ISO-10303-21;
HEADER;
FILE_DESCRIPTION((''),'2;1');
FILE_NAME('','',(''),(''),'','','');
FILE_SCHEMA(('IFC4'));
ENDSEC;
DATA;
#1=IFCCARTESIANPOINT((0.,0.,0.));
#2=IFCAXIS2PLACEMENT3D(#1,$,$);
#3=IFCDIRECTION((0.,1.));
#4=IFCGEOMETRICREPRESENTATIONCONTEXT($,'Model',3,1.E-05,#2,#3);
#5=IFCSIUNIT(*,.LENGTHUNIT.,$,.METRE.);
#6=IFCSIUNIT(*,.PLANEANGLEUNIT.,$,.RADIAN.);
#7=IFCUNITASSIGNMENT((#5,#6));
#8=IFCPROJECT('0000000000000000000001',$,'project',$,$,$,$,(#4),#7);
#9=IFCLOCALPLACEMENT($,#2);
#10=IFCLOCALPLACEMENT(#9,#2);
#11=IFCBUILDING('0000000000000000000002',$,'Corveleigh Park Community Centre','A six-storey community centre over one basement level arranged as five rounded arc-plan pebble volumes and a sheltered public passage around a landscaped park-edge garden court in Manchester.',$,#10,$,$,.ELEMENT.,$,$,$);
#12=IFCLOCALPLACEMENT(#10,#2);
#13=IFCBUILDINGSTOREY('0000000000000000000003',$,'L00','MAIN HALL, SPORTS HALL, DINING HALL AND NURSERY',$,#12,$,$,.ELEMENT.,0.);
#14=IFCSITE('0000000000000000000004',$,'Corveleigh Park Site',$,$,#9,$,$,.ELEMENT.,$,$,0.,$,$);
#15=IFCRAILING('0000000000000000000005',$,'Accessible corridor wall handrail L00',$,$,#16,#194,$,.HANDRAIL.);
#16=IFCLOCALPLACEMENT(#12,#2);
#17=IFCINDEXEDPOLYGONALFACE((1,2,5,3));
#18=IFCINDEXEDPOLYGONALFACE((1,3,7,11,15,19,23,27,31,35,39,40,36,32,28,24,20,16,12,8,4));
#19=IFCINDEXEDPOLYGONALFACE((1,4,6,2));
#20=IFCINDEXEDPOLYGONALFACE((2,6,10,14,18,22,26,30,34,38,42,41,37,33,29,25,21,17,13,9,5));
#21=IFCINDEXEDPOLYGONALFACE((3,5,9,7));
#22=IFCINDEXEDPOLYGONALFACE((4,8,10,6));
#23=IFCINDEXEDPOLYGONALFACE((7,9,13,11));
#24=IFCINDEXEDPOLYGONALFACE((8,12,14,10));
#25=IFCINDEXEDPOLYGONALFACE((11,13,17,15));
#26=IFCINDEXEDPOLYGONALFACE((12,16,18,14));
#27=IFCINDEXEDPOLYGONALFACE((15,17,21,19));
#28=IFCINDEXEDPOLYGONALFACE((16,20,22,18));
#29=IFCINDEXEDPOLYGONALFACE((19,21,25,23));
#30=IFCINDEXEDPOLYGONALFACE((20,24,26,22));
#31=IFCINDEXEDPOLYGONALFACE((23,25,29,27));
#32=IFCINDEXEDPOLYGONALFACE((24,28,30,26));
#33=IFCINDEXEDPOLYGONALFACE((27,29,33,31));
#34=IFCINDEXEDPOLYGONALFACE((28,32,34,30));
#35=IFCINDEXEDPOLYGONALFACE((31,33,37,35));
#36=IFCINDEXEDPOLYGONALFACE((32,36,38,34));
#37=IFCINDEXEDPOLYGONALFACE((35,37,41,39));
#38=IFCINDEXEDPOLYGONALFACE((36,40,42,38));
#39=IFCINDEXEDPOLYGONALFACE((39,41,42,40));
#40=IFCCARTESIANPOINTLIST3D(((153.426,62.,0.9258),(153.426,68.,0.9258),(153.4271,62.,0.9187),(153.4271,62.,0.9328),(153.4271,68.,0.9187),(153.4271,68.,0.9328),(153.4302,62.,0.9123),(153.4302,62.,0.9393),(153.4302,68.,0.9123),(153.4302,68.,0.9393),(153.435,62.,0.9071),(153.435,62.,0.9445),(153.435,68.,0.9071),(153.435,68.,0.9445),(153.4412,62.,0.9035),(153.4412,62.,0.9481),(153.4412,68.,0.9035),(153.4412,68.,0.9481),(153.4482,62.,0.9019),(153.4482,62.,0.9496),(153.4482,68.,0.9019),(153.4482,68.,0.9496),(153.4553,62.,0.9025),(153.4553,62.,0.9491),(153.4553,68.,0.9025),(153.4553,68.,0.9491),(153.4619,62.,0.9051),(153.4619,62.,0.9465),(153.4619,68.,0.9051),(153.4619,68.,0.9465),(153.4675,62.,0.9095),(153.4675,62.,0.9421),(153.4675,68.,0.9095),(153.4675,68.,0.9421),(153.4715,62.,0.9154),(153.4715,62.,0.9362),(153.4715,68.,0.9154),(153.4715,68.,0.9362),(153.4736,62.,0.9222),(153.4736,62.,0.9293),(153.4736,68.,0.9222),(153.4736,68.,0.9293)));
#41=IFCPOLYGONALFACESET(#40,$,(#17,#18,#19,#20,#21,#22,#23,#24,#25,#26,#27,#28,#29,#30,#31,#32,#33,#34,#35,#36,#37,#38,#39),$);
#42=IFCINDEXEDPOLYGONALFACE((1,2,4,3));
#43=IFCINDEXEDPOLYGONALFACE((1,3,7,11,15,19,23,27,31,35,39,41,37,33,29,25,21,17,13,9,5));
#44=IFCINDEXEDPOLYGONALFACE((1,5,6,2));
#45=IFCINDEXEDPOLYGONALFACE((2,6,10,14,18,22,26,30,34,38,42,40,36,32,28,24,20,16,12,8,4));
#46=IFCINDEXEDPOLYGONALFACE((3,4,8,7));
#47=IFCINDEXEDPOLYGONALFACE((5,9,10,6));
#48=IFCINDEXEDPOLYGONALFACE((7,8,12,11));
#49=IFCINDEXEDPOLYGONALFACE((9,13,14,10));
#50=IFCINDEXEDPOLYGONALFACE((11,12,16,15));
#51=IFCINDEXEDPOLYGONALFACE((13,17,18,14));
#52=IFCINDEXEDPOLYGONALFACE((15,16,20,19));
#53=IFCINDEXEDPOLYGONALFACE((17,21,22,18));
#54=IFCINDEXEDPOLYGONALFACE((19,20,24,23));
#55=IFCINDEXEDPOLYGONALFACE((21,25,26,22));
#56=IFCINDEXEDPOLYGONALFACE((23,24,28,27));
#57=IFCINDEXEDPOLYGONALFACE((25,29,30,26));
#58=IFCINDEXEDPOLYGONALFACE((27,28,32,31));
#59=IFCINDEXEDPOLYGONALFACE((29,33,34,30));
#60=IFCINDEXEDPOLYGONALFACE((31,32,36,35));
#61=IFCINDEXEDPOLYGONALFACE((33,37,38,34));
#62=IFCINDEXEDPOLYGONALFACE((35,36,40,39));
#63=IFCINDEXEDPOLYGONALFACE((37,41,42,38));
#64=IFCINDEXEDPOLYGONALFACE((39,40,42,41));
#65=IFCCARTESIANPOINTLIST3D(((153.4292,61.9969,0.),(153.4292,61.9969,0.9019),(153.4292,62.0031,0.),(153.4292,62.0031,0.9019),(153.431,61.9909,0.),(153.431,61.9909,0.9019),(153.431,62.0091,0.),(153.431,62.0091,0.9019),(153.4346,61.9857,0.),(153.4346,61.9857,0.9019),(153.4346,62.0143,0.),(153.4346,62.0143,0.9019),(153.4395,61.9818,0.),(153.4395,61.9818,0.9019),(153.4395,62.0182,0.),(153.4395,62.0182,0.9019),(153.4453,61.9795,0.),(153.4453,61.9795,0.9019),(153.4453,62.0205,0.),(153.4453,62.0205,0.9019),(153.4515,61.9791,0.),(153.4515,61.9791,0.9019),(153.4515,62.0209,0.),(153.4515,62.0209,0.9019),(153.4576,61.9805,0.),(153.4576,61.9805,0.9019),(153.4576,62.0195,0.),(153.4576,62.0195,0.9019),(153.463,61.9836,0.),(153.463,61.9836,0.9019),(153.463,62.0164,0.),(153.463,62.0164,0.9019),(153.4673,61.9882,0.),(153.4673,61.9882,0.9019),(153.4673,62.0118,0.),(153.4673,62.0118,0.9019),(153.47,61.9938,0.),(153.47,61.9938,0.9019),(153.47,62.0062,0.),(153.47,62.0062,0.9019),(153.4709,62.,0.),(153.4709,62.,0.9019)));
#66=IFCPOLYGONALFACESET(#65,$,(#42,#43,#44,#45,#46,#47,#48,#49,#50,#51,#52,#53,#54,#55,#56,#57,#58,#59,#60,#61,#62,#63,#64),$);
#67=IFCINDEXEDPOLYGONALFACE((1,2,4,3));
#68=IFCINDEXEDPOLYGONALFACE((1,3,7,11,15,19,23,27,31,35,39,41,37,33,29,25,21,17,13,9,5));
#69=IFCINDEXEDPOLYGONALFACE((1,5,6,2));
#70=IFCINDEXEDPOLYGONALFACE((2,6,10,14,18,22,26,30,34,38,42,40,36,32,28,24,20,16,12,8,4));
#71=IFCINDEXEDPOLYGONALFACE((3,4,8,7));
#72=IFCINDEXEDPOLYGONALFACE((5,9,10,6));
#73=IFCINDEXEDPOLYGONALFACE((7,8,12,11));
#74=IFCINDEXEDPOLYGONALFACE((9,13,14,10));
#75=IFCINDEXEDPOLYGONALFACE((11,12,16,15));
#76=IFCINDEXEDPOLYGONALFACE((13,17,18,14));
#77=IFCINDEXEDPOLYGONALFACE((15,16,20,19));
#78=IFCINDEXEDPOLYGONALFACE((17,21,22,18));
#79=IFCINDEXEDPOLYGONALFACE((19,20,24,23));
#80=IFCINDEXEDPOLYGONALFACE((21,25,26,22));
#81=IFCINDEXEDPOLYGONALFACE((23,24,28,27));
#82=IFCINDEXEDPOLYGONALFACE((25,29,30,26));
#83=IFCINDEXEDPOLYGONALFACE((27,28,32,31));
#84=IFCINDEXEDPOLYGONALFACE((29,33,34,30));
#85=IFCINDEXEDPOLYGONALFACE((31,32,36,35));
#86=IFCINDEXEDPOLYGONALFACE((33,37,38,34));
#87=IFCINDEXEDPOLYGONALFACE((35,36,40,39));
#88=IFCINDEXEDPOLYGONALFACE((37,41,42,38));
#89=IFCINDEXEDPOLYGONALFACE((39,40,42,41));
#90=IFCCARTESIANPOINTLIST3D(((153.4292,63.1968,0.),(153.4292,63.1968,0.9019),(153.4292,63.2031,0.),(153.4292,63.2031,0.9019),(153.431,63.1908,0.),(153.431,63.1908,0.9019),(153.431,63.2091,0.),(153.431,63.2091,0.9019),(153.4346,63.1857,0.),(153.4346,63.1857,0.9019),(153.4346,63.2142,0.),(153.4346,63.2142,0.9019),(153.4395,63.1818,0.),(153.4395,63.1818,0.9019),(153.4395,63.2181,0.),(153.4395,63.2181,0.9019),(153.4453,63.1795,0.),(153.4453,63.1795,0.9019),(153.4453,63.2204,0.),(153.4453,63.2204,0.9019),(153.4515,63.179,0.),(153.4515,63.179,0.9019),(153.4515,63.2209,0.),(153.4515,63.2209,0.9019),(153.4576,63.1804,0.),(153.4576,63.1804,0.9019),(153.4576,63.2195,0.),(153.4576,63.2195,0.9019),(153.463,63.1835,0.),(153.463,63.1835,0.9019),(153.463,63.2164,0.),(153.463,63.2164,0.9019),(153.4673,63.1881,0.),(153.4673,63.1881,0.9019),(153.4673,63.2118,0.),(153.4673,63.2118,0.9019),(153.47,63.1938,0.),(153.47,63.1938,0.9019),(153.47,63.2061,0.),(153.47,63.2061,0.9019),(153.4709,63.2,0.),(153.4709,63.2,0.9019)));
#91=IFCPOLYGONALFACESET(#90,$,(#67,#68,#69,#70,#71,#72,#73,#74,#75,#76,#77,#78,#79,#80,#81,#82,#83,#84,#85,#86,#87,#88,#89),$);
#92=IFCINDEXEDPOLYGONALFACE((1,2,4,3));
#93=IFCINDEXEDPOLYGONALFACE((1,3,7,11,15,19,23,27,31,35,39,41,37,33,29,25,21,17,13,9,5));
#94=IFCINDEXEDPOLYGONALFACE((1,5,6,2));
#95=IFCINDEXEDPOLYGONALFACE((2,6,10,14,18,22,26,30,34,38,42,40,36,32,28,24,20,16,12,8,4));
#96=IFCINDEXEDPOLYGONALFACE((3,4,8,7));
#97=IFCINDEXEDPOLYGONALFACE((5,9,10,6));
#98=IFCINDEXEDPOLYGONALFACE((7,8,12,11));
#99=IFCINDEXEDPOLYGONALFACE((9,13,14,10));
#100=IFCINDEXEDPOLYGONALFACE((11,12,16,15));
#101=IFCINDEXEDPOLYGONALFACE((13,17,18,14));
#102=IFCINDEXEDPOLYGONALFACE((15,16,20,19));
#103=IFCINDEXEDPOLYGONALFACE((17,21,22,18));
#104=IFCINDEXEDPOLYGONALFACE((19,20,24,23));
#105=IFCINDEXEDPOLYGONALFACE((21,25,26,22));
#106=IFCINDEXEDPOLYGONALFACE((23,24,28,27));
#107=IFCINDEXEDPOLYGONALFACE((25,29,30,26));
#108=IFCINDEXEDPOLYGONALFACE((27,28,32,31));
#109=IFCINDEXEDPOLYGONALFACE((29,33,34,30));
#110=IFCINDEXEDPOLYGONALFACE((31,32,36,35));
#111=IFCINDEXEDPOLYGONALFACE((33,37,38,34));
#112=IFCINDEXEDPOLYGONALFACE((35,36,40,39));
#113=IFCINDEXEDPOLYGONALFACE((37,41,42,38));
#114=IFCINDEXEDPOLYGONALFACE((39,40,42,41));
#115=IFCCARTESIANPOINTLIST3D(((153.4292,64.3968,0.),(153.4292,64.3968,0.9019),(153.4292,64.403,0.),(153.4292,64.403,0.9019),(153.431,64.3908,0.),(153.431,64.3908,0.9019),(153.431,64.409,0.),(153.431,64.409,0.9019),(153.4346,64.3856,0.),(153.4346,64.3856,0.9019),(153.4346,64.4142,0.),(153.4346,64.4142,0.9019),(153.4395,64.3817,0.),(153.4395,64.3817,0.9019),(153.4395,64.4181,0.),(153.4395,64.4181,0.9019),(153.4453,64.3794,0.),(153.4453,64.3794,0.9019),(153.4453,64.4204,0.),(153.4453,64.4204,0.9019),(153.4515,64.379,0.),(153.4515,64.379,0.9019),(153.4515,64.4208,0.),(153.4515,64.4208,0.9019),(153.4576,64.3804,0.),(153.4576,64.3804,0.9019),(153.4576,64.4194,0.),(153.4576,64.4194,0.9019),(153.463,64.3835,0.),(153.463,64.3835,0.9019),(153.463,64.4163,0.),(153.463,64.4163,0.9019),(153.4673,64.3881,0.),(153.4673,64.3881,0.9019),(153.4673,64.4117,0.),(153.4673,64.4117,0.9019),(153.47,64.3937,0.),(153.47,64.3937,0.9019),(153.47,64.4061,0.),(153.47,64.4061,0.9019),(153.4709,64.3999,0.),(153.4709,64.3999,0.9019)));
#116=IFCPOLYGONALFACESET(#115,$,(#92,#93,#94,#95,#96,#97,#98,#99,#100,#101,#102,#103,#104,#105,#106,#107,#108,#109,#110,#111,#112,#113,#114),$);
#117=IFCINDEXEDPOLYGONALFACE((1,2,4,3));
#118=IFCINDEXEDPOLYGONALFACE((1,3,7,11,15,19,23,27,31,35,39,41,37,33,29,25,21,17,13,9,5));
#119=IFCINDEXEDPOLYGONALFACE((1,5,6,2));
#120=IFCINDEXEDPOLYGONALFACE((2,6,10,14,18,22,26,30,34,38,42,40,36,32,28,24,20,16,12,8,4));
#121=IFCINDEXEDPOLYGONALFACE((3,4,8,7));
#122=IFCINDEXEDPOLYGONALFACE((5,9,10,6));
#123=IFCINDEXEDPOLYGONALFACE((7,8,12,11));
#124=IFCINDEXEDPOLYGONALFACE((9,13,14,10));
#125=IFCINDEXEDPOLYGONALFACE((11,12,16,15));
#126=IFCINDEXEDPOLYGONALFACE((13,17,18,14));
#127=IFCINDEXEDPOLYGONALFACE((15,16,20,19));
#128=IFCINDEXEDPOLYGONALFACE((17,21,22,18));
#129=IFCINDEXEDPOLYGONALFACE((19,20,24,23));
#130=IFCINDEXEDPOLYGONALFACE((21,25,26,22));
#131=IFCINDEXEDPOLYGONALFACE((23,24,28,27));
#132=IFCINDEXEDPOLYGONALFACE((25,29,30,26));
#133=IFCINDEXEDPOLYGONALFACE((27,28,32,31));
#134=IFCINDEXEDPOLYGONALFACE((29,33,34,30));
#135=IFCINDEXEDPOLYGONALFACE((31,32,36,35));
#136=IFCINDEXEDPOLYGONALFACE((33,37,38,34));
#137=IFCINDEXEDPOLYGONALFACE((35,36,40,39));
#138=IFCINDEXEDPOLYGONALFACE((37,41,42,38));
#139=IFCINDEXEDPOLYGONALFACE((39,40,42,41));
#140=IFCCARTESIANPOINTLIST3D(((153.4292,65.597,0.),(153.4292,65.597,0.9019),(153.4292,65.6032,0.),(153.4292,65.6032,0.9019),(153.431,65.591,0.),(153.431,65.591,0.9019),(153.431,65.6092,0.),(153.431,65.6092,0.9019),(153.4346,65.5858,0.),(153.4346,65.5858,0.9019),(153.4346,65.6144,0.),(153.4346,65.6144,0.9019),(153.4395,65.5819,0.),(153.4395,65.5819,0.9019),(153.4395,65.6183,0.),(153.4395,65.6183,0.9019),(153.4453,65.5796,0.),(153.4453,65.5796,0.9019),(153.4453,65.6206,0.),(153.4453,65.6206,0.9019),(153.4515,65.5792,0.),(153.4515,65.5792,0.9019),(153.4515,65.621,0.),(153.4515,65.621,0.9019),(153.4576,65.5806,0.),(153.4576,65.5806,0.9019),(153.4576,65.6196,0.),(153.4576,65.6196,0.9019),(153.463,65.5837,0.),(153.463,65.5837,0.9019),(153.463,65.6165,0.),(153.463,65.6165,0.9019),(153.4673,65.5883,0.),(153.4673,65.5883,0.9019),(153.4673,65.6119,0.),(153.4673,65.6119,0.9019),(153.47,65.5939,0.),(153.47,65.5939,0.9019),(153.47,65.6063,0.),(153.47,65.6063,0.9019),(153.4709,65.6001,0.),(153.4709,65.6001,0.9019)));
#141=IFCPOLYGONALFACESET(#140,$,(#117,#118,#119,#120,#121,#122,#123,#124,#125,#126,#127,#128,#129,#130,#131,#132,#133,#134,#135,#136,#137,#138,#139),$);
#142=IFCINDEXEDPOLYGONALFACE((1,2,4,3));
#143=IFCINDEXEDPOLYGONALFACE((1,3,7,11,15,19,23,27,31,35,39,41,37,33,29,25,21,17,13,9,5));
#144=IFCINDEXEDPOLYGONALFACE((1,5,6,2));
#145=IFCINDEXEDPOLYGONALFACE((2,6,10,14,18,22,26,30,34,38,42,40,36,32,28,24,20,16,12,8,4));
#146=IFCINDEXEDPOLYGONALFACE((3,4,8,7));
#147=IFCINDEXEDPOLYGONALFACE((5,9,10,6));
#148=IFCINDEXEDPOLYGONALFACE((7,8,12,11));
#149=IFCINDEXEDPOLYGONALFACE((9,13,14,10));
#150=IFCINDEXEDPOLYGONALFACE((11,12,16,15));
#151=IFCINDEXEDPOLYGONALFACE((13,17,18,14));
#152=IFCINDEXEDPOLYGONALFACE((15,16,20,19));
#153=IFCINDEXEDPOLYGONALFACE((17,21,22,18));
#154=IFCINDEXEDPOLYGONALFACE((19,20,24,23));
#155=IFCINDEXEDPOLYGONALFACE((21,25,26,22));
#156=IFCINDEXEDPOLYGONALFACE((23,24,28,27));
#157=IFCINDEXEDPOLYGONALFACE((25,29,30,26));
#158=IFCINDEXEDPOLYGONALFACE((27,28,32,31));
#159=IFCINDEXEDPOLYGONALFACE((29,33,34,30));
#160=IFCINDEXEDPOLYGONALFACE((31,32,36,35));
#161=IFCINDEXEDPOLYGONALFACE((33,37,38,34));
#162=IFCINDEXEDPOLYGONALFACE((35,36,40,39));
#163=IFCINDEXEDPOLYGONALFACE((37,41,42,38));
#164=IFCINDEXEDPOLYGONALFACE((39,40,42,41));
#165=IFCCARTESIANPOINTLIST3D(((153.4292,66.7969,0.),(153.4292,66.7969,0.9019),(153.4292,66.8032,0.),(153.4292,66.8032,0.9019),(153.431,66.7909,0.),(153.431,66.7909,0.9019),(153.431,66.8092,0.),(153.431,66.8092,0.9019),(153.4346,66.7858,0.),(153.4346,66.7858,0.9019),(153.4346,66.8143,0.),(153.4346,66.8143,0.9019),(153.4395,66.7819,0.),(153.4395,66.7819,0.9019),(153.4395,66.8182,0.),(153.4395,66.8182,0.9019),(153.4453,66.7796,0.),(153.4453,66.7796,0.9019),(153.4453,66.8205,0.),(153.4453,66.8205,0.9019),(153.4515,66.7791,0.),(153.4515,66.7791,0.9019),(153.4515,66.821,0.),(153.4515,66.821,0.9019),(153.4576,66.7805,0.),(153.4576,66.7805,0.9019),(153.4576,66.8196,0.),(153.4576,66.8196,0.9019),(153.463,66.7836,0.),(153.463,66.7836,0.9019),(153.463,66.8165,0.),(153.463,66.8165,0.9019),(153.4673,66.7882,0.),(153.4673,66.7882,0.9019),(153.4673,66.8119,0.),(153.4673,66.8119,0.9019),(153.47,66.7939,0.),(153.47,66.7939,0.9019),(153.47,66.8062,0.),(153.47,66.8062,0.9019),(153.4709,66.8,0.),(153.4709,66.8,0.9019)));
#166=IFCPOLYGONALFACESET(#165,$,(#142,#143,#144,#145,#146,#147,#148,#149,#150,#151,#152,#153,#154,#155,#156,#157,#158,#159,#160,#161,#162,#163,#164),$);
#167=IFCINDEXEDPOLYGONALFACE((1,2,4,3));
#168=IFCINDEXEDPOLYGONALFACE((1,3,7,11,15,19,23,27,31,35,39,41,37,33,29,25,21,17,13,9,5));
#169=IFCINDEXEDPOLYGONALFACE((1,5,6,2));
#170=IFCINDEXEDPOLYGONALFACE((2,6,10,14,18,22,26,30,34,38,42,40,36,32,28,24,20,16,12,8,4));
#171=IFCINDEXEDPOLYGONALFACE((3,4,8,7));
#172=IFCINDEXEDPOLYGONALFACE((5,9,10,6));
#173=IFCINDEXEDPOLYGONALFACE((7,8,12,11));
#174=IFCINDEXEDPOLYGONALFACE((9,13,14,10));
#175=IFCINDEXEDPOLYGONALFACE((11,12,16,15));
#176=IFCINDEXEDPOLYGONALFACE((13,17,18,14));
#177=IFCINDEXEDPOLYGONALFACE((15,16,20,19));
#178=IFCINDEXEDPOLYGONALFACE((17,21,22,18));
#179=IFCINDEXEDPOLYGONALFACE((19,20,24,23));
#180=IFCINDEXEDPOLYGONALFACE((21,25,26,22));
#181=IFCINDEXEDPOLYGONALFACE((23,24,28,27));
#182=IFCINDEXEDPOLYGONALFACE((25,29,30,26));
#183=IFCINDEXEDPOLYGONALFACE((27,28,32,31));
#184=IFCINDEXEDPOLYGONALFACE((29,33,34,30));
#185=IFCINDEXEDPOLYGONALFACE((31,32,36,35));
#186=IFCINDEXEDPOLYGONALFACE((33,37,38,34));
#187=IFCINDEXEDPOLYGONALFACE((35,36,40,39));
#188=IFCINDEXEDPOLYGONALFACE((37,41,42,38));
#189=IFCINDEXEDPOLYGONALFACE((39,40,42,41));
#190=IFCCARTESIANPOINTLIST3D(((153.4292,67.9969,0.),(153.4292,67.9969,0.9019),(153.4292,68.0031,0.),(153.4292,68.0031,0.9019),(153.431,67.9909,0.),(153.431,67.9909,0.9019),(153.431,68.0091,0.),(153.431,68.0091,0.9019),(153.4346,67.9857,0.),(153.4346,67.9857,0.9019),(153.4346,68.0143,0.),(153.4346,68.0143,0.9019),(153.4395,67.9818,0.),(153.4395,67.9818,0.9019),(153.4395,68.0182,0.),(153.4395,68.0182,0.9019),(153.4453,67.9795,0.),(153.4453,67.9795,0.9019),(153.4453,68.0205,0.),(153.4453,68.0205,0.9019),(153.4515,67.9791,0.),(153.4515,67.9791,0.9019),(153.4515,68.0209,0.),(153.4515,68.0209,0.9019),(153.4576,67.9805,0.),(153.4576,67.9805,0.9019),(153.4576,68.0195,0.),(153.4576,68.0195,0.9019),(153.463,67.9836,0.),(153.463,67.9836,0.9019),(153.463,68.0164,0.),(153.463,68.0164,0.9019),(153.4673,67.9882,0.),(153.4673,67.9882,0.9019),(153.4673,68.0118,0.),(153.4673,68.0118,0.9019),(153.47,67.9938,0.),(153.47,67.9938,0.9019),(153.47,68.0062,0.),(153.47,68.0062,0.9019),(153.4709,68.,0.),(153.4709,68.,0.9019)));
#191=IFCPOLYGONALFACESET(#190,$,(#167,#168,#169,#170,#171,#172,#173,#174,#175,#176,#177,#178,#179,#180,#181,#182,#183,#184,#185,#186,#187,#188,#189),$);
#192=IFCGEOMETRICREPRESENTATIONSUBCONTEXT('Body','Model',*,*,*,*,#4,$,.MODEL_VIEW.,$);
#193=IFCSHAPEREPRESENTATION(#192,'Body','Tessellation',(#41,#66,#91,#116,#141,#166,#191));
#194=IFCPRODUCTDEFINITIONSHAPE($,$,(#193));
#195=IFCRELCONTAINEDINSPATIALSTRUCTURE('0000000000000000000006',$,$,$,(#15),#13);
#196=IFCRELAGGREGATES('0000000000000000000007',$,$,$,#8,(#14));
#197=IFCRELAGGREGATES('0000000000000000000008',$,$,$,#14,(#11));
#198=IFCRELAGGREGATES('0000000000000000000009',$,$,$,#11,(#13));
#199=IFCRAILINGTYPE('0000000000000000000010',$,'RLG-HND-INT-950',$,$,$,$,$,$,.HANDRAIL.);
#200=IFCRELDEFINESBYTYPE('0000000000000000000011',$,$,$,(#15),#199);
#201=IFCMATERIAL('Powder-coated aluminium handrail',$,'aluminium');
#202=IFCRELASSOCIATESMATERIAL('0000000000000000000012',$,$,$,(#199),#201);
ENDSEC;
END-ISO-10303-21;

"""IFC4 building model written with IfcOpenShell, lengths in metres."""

from ifc_helpers import new_model, si_unit, direction, frame, origin, origin_2d, place, context, subcontext, project, spatial, circle, extrude, material, type_object, element, save


model = new_model("IFC4")

# Units and contexts
model_context = context("Model", 3, precision=1e-05, world=origin(), true_north=direction((0.0, 1.0)))
body_context = subcontext(model_context, "Body", "Model", "MODEL_VIEW")
ifc_project = project(units=[si_unit("LENGTHUNIT", "METRE"), si_unit("PLANEANGLEUNIT", "RADIAN")], contexts=[model_context])

# Site, building, storey
site_placement = place(None, origin())
site = spatial("IfcSite", under=ifc_project, at=site_placement, Name="Corveleigh Park Site", CompositionType="ELEMENT", RefElevation=0.0)
building_placement = place(site_placement, origin())
building = spatial("IfcBuilding", under=site, at=building_placement, Name="Corveleigh Park Community Centre", Description="A six-storey community centre over one basement level arranged as five rounded arc-plan pebble volumes and a sheltered public passage around a landscaped park-edge garden court in Manchester.", CompositionType="ELEMENT")
storey_placement = place(building_placement, origin())
storey = spatial("IfcBuildingStorey", under=building, at=storey_placement, Name="L00", Description="MAIN HALL, SPORTS HALL, DINING HALL AND NURSERY", CompositionType="ELEMENT", Elevation=0.0)

# Railing
ifc_material_1 = material(Name="Powder-coated aluminium handrail", Category="aluminium")
railing_type = type_object("IfcRailingType", Name="RLG-HND-INT-950", PredefinedType="HANDRAIL", material=ifc_material_1)
railing_placement = place(storey_placement, frame((153.45, 62.0, 0.0)))
element("IfcRailing", 1, at=railing_placement, inside=storey, type_object=railing_type, Name="Accessible corridor wall handrail L00", PredefinedType="HANDRAIL", context=body_context, shape_type="SweptSolid", body=[
    extrude(circle(Radius=0.0239, at=origin_2d()), frame((0.0, 0.0, 0.9258), z_axis=(0.0, 1.0, 0.0), x_axis=(-1.0, 0.0, 0.0)), (0.0, 0.0, 1.0), 6.0),
    extrude(circle(Radius=0.021, at=origin_2d()), origin(), (0.0, 0.0, 1.0), 0.9019),
    extrude(circle(Radius=0.021, at=origin_2d()), frame((0.0, 1.2, 0.0)), (0.0, 0.0, 1.0), 0.9019),
    extrude(circle(Radius=0.021, at=origin_2d()), frame((0.0, 2.3999, 0.0)), (0.0, 0.0, 1.0), 0.9019),
    extrude(circle(Radius=0.021, at=origin_2d()), frame((0.0, 3.6001, 0.0)), (0.0, 0.0, 1.0), 0.9019),
    extrude(circle(Radius=0.021, at=origin_2d()), frame((0.0, 4.8, 0.0)), (0.0, 0.0, 1.0), 0.9019),
    extrude(circle(Radius=0.021, at=origin_2d()), frame((0.0, 6.0, 0.0)), (0.0, 0.0, 1.0), 0.9019),
])

save(model, "model.ifc")
